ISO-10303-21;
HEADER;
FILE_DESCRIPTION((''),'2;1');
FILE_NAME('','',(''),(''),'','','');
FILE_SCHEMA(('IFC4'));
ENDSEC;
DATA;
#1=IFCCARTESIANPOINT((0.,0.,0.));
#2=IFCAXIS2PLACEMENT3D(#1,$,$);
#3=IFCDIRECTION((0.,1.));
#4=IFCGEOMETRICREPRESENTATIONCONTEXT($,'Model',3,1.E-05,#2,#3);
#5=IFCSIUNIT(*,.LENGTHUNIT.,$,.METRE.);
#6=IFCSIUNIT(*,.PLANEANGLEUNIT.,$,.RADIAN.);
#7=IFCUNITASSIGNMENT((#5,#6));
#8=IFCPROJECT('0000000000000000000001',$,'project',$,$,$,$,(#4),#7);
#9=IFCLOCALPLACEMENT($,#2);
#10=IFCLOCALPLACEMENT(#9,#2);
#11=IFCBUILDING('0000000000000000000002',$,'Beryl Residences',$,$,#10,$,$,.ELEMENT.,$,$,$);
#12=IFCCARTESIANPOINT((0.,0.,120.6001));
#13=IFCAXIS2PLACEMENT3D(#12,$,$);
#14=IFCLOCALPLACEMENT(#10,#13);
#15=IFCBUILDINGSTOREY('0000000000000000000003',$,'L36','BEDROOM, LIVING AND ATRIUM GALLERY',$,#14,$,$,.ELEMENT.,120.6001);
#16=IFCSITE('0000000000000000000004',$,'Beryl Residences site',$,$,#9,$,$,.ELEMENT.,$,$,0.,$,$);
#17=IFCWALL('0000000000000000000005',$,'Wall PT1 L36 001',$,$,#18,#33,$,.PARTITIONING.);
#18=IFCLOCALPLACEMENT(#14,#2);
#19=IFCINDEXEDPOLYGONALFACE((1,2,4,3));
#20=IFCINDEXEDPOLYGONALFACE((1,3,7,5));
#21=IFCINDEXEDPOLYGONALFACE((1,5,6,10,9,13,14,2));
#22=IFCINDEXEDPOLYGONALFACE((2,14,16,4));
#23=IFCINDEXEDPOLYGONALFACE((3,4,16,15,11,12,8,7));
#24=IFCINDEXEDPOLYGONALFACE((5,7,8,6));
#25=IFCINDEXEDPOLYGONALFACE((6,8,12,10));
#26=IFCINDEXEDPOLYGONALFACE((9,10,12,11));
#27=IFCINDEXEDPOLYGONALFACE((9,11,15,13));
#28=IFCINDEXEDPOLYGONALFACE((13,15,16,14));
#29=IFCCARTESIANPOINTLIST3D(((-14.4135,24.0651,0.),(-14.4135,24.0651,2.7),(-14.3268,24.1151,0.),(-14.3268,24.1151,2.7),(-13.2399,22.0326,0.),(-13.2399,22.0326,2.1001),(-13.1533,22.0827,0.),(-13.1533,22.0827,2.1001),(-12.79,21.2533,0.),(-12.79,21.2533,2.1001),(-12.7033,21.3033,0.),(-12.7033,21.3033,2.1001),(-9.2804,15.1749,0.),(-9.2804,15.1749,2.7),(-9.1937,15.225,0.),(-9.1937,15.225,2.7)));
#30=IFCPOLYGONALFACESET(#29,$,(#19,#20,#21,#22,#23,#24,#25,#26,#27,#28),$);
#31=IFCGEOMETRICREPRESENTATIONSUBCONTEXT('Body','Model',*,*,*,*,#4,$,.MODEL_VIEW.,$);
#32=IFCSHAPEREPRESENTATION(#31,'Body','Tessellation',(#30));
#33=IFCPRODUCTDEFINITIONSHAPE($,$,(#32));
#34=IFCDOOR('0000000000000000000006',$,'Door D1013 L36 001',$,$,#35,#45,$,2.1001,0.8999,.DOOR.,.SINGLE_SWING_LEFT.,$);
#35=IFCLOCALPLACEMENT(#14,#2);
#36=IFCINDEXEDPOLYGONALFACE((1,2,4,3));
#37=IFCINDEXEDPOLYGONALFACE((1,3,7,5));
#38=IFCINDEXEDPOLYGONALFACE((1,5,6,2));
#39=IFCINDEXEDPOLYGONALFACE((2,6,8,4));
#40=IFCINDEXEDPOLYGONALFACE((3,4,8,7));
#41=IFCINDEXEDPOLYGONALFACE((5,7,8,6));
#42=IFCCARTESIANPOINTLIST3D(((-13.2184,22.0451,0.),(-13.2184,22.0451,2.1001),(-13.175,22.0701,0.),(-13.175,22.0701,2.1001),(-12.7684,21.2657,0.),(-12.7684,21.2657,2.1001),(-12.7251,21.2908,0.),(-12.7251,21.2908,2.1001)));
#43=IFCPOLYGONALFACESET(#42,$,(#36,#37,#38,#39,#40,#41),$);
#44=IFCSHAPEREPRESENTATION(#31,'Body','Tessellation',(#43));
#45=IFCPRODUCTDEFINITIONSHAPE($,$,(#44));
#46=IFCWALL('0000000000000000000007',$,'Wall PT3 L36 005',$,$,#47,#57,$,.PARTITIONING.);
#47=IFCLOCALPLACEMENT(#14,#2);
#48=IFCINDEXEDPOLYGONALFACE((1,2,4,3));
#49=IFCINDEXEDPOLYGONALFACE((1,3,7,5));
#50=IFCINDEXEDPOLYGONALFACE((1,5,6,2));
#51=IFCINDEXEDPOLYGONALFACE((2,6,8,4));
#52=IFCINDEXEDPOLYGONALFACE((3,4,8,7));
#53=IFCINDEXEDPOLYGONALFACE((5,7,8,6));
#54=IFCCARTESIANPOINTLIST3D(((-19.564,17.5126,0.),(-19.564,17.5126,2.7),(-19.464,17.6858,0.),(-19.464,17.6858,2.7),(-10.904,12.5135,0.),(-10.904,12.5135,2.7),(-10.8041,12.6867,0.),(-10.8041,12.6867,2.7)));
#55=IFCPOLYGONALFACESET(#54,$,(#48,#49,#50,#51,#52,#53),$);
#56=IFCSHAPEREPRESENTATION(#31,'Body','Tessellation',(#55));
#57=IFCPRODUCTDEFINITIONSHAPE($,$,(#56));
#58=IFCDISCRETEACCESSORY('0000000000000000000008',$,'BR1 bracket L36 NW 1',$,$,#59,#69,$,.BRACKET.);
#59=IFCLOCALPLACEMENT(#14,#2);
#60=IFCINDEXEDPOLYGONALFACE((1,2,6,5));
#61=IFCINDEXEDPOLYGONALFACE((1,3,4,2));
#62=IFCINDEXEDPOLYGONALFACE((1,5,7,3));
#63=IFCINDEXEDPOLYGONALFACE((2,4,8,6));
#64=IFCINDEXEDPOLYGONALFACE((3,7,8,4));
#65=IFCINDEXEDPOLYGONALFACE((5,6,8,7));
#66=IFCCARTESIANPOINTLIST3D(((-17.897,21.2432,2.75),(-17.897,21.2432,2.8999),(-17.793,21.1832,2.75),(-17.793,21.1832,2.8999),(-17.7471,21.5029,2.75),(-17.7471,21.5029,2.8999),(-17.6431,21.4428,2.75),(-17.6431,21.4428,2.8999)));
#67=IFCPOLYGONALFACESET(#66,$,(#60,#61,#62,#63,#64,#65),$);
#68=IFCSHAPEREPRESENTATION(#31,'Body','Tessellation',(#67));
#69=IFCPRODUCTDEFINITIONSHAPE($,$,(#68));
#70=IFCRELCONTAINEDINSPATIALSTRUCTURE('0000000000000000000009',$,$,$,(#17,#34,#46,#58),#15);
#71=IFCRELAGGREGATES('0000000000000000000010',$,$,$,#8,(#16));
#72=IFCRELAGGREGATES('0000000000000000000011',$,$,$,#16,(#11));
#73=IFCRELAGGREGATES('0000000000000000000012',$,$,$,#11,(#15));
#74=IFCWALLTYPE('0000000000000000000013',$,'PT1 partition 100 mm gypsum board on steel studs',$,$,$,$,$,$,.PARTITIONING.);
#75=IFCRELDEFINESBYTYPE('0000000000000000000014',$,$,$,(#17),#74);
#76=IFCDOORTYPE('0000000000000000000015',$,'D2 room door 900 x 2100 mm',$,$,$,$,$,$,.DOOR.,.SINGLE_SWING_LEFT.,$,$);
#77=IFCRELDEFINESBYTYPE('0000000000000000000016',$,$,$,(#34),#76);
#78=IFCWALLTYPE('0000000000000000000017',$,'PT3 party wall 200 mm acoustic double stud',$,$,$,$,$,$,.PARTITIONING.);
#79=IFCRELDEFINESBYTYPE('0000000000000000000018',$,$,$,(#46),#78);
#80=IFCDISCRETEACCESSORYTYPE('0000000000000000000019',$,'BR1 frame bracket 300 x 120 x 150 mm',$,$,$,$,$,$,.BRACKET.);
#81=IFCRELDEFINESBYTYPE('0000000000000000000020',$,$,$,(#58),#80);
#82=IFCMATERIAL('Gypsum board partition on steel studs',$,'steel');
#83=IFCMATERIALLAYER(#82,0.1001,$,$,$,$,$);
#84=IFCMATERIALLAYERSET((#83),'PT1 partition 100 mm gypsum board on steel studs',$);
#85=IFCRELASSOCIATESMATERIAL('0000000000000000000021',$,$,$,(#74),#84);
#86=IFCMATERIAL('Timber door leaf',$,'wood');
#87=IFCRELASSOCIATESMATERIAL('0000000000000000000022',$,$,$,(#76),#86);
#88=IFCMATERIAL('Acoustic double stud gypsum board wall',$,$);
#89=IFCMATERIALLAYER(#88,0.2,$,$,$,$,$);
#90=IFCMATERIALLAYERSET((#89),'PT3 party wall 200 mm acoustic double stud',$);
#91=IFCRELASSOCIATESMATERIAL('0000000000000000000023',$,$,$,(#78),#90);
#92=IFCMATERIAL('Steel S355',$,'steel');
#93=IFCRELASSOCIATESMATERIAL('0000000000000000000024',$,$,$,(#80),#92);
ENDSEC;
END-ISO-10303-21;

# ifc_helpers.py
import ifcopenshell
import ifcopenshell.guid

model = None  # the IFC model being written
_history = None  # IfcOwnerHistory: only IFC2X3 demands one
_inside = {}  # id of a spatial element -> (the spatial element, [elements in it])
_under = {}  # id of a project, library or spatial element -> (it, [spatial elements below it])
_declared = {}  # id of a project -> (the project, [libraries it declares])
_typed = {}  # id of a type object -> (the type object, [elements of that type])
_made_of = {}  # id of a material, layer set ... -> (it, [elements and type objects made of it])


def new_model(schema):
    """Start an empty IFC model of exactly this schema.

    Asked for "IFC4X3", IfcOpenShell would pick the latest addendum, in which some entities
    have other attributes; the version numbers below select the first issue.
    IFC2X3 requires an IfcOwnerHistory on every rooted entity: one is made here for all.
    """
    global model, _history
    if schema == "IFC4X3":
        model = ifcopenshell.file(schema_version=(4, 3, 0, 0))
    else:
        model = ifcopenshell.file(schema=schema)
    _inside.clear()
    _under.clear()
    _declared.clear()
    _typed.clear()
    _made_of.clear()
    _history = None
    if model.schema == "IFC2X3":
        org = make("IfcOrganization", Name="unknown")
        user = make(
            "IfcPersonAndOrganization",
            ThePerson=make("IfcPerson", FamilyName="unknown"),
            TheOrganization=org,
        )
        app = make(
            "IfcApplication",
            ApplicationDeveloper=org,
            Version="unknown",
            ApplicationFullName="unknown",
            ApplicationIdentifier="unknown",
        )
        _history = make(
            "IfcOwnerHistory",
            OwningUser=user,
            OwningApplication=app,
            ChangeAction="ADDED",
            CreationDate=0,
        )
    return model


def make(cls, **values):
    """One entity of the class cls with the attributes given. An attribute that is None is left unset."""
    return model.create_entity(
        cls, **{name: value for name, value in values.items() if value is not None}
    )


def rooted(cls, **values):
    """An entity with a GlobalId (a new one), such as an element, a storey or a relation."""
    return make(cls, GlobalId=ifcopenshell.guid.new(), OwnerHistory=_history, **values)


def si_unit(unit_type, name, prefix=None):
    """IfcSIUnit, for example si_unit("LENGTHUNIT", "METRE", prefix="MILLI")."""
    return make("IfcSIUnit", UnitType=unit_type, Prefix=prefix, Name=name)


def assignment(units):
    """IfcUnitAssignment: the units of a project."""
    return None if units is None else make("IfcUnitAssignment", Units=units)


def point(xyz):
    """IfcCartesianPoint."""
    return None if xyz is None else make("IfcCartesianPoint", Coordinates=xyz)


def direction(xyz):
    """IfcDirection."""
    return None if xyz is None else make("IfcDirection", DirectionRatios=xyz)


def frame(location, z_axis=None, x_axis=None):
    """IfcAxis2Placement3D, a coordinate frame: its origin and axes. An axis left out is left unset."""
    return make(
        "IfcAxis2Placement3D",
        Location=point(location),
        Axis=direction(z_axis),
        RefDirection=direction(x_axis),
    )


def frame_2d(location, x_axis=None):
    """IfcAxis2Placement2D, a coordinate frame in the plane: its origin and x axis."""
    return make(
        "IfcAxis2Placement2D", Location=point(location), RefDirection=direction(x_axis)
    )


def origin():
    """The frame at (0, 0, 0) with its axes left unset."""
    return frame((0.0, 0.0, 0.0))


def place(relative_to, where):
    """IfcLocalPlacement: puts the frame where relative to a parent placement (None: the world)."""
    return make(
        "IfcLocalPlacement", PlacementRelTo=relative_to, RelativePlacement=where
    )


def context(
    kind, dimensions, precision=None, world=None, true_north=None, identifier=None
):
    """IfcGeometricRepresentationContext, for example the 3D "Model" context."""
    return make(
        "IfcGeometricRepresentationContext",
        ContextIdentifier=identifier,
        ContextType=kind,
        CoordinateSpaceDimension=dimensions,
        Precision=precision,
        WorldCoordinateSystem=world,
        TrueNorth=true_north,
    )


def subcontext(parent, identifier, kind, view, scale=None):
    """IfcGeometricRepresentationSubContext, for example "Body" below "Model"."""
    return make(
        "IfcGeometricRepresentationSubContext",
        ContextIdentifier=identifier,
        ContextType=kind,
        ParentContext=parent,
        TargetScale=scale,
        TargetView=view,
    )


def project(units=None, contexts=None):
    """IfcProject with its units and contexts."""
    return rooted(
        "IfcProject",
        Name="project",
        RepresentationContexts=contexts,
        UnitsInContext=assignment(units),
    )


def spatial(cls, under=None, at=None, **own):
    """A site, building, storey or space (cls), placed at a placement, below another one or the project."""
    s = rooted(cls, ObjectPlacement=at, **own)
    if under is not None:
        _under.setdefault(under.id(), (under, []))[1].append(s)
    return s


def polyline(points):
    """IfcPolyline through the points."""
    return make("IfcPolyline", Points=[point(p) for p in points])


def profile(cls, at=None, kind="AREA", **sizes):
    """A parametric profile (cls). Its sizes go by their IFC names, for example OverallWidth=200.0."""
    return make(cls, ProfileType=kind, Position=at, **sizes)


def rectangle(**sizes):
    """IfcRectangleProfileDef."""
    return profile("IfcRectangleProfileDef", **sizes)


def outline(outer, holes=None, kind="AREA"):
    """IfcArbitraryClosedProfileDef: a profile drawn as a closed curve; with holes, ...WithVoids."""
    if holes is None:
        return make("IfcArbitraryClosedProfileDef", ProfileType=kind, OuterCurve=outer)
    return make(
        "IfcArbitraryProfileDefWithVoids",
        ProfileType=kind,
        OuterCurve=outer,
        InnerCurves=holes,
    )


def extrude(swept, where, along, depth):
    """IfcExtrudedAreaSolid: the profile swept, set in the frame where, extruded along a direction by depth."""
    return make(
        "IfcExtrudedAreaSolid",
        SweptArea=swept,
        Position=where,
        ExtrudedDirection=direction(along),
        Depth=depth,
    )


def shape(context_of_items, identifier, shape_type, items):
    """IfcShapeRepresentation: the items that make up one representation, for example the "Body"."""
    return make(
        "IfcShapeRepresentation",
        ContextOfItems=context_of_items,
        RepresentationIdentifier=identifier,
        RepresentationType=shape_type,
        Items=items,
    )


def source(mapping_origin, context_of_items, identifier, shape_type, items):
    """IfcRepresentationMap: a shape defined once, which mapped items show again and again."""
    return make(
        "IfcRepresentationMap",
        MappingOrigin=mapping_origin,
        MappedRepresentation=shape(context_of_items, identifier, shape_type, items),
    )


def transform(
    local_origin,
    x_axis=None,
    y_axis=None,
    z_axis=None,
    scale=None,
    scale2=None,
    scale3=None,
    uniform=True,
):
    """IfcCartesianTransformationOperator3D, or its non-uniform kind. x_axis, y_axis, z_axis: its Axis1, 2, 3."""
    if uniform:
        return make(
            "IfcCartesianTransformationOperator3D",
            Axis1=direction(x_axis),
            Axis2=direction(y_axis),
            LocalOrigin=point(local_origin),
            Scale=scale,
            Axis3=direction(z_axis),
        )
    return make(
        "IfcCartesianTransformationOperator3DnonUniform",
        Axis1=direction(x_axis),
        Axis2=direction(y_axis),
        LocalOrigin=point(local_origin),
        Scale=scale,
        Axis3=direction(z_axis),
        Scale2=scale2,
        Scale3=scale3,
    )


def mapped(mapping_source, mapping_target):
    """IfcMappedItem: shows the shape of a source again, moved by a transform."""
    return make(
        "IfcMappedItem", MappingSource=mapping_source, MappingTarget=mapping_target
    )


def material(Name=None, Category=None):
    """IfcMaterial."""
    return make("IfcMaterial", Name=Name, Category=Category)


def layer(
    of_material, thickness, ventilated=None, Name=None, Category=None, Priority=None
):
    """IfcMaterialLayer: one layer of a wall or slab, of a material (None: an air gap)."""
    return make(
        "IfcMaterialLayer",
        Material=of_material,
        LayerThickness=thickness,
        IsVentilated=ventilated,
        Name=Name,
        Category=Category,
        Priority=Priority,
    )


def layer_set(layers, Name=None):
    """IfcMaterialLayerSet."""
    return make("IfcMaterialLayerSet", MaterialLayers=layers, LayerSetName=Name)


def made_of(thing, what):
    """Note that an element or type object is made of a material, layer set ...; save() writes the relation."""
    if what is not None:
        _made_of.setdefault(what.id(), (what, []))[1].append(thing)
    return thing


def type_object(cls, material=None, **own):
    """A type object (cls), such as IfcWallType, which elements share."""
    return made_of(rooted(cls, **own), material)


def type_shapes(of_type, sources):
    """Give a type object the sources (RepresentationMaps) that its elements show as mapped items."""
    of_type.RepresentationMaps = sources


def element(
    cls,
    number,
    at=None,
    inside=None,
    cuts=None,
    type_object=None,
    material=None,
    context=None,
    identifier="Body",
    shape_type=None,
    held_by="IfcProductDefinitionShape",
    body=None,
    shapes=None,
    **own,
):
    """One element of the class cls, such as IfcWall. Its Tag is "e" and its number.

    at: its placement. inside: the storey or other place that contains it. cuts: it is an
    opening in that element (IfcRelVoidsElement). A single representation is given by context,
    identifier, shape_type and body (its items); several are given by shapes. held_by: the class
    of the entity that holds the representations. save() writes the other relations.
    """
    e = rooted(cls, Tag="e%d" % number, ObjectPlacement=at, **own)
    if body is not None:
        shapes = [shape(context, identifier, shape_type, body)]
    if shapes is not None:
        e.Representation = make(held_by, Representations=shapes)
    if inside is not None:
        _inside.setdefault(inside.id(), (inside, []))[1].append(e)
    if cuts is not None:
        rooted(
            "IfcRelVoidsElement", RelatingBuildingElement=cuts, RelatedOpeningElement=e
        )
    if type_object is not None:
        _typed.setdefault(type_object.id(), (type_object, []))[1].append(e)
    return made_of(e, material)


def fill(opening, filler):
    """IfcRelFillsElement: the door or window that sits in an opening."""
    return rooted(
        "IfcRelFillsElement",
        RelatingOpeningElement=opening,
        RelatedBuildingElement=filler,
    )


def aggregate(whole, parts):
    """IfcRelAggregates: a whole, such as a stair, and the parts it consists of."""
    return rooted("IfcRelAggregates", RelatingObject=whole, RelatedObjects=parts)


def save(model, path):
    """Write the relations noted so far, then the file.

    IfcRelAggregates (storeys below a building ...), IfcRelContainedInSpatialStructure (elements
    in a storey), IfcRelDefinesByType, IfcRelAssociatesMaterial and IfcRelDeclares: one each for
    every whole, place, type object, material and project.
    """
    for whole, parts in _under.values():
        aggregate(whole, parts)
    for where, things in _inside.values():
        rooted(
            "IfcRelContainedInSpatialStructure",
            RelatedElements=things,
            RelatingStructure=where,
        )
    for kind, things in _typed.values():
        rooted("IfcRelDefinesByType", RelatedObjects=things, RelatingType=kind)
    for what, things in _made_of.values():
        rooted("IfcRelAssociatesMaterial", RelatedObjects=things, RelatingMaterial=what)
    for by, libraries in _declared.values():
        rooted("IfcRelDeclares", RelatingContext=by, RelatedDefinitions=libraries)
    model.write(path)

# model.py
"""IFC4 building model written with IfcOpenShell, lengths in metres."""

from ifc_helpers import new_model, si_unit, direction, frame, frame_2d, origin, place, context, subcontext, project, spatial, polyline, rectangle, outline, extrude, source, transform, mapped, material, layer, layer_set, type_object, type_shapes, element, fill, save


model = new_model("IFC4")

# Units and contexts
model_context = context("Model", 3, precision=1e-05, world=origin(), true_north=direction((0.0, 1.0)))
body_context = subcontext(model_context, "Body", "Model", "MODEL_VIEW")
ifc_project = project(units=[si_unit("LENGTHUNIT", "METRE"), si_unit("PLANEANGLEUNIT", "RADIAN")], contexts=[model_context])

# Site, building, storey
site_placement = place(None, origin())
site = spatial("IfcSite", under=ifc_project, at=site_placement, Name="Beryl Residences site", CompositionType="ELEMENT", RefElevation=0.0)
building_placement = place(site_placement, origin())
building = spatial("IfcBuilding", under=site, at=building_placement, Name="Beryl Residences", CompositionType="ELEMENT")
storey_placement = place(building_placement, frame((0.0, 0.0, 120.6001)))
storey = spatial("IfcBuildingStorey", under=building, at=storey_placement, Name="L36", Description="BEDROOM, LIVING AND ATRIUM GALLERY", CompositionType="ELEMENT", Elevation=120.6001)

# Wall, opening, door
ifc_material_1 = material(Name="Gypsum board partition on steel studs", Category="steel")
ifc_layer_1 = layer(ifc_material_1, 0.1001)
ifc_layer_set_1 = layer_set([ifc_layer_1], Name="PT1 partition 100 mm gypsum board on steel studs")
wall_type_1 = type_object("IfcWallType", Name="PT1 partition 100 mm gypsum board on steel studs", PredefinedType="PARTITIONING", material=ifc_layer_set_1)
wall_1_placement = place(storey_placement, frame((-14.3701, 24.0901, 0.0), z_axis=(0.0, 0.0, 1.0), x_axis=(0.500024, -0.866011, 0.0)))
wall_1 = element("IfcWall", 1, at=wall_1_placement, inside=storey, type_object=wall_type_1, Name="Wall PT1 L36 001", PredefinedType="PARTITIONING", context=body_context, shape_type="SweptSolid", body=[
    extrude(rectangle(XDim=10.2656, YDim=0.1001, at=frame_2d((5.1328, 0.0))), origin(), (0.0, 0.0, 1.0), 2.7),
])
opening_1_placement = place(wall_1_placement, frame((2.3469, 0.0, 0.0)))
opening_1 = element("IfcOpeningElement", 2, at=opening_1_placement, cuts=wall_1, PredefinedType="OPENING", context=body_context, shape_type="SweptSolid", body=[
    extrude(rectangle(XDim=0.8999, YDim=2.1001, at=frame_2d((0.45, 1.05))), frame((0.0, 0.0601, 0.0), z_axis=(0.0, -1.0, 0.0), x_axis=(1.0, 0.0, 0.0)), (0.0, 0.0, 1.0), 0.1201),
])
ifc_material_2 = material(Name="Timber door leaf", Category="wood")
door_type = type_object("IfcDoorType", Name="D2 room door 900 x 2100 mm", OperationType="SINGLE_SWING_LEFT", PredefinedType="DOOR", material=ifc_material_2)
door_placement = place(opening_1_placement, origin())
door = element("IfcDoor", 3, at=door_placement, inside=storey, type_object=door_type, Name="Door D1013 L36 001", OperationType="SINGLE_SWING_LEFT", OverallHeight=2.1001, OverallWidth=0.8999, PredefinedType="DOOR", context=body_context, shape_type="SweptSolid", body=[
    extrude(rectangle(XDim=0.8999, YDim=2.1001, at=frame_2d((0.45, 1.05))), frame((0.0, 0.0249, 0.0), z_axis=(0.0, -1.0, 0.0), x_axis=(1.0, 0.0, 0.0)), (0.0, 0.0, 1.0), 0.05),
])
fill(opening_1, door)

# Wall
ifc_material_3 = material(Name="Acoustic double stud gypsum board wall")
ifc_layer_2 = layer(ifc_material_3, 0.2)
ifc_layer_set_2 = layer_set([ifc_layer_2], Name="PT3 party wall 200 mm acoustic double stud")
wall_type_2 = type_object("IfcWallType", Name="PT3 party wall 200 mm acoustic double stud", PredefinedType="PARTITIONING", material=ifc_layer_set_2)
wall_2_placement = place(storey_placement, frame((-19.5139, 17.5991, 0.0), z_axis=(0.0, 0.0, 1.0), x_axis=(0.866059, -0.499942, 0.0)))
element("IfcWall", 4, at=wall_2_placement, inside=storey, type_object=wall_type_2, Name="Wall PT3 L36 005", PredefinedType="PARTITIONING", context=body_context, shape_type="SweptSolid", body=[
    extrude(rectangle(XDim=9.9993, YDim=0.2, at=frame_2d((4.9995, 0.0))), origin(), (0.0, 0.0, 1.0), 2.7),
])

# Discrete accessory
ifc_material_4 = material(Name="Steel S355", Category="steel")
discrete_accessory_type = type_object("IfcDiscreteAccessoryType", Name="BR1 frame bracket 300 x 120 x 150 mm", PredefinedType="BRACKET", material=ifc_material_4)
shared_shape_1 = source(origin(), body_context, "Body", "SweptSolid", [
    extrude(outline(polyline([(-0.1499, 0.0), (0.1499, 0.0), (0.1499, 0.1201), (-0.1499, 0.1201), (-0.1499, 0.0)])), origin(), (0.0, 0.0, 1.0), 0.1499),
])
type_shapes(discrete_accessory_type, [shared_shape_1])
discrete_accessory_placement = place(storey_placement, frame((-17.718, 21.313, 2.75), z_axis=(0.0, 0.0, 1.0), x_axis=(0.5, 0.866025, 0.0)))
element("IfcDiscreteAccessory", 5, at=discrete_accessory_placement, inside=storey, type_object=discrete_accessory_type, Name="BR1 bracket L36 NW 1", PredefinedType="BRACKET", context=body_context, shape_type="MappedRepresentation", body=[
    mapped(shared_shape_1, transform((0.0, 0.0, 0.0))),
])

save(model, "model.ifc")
